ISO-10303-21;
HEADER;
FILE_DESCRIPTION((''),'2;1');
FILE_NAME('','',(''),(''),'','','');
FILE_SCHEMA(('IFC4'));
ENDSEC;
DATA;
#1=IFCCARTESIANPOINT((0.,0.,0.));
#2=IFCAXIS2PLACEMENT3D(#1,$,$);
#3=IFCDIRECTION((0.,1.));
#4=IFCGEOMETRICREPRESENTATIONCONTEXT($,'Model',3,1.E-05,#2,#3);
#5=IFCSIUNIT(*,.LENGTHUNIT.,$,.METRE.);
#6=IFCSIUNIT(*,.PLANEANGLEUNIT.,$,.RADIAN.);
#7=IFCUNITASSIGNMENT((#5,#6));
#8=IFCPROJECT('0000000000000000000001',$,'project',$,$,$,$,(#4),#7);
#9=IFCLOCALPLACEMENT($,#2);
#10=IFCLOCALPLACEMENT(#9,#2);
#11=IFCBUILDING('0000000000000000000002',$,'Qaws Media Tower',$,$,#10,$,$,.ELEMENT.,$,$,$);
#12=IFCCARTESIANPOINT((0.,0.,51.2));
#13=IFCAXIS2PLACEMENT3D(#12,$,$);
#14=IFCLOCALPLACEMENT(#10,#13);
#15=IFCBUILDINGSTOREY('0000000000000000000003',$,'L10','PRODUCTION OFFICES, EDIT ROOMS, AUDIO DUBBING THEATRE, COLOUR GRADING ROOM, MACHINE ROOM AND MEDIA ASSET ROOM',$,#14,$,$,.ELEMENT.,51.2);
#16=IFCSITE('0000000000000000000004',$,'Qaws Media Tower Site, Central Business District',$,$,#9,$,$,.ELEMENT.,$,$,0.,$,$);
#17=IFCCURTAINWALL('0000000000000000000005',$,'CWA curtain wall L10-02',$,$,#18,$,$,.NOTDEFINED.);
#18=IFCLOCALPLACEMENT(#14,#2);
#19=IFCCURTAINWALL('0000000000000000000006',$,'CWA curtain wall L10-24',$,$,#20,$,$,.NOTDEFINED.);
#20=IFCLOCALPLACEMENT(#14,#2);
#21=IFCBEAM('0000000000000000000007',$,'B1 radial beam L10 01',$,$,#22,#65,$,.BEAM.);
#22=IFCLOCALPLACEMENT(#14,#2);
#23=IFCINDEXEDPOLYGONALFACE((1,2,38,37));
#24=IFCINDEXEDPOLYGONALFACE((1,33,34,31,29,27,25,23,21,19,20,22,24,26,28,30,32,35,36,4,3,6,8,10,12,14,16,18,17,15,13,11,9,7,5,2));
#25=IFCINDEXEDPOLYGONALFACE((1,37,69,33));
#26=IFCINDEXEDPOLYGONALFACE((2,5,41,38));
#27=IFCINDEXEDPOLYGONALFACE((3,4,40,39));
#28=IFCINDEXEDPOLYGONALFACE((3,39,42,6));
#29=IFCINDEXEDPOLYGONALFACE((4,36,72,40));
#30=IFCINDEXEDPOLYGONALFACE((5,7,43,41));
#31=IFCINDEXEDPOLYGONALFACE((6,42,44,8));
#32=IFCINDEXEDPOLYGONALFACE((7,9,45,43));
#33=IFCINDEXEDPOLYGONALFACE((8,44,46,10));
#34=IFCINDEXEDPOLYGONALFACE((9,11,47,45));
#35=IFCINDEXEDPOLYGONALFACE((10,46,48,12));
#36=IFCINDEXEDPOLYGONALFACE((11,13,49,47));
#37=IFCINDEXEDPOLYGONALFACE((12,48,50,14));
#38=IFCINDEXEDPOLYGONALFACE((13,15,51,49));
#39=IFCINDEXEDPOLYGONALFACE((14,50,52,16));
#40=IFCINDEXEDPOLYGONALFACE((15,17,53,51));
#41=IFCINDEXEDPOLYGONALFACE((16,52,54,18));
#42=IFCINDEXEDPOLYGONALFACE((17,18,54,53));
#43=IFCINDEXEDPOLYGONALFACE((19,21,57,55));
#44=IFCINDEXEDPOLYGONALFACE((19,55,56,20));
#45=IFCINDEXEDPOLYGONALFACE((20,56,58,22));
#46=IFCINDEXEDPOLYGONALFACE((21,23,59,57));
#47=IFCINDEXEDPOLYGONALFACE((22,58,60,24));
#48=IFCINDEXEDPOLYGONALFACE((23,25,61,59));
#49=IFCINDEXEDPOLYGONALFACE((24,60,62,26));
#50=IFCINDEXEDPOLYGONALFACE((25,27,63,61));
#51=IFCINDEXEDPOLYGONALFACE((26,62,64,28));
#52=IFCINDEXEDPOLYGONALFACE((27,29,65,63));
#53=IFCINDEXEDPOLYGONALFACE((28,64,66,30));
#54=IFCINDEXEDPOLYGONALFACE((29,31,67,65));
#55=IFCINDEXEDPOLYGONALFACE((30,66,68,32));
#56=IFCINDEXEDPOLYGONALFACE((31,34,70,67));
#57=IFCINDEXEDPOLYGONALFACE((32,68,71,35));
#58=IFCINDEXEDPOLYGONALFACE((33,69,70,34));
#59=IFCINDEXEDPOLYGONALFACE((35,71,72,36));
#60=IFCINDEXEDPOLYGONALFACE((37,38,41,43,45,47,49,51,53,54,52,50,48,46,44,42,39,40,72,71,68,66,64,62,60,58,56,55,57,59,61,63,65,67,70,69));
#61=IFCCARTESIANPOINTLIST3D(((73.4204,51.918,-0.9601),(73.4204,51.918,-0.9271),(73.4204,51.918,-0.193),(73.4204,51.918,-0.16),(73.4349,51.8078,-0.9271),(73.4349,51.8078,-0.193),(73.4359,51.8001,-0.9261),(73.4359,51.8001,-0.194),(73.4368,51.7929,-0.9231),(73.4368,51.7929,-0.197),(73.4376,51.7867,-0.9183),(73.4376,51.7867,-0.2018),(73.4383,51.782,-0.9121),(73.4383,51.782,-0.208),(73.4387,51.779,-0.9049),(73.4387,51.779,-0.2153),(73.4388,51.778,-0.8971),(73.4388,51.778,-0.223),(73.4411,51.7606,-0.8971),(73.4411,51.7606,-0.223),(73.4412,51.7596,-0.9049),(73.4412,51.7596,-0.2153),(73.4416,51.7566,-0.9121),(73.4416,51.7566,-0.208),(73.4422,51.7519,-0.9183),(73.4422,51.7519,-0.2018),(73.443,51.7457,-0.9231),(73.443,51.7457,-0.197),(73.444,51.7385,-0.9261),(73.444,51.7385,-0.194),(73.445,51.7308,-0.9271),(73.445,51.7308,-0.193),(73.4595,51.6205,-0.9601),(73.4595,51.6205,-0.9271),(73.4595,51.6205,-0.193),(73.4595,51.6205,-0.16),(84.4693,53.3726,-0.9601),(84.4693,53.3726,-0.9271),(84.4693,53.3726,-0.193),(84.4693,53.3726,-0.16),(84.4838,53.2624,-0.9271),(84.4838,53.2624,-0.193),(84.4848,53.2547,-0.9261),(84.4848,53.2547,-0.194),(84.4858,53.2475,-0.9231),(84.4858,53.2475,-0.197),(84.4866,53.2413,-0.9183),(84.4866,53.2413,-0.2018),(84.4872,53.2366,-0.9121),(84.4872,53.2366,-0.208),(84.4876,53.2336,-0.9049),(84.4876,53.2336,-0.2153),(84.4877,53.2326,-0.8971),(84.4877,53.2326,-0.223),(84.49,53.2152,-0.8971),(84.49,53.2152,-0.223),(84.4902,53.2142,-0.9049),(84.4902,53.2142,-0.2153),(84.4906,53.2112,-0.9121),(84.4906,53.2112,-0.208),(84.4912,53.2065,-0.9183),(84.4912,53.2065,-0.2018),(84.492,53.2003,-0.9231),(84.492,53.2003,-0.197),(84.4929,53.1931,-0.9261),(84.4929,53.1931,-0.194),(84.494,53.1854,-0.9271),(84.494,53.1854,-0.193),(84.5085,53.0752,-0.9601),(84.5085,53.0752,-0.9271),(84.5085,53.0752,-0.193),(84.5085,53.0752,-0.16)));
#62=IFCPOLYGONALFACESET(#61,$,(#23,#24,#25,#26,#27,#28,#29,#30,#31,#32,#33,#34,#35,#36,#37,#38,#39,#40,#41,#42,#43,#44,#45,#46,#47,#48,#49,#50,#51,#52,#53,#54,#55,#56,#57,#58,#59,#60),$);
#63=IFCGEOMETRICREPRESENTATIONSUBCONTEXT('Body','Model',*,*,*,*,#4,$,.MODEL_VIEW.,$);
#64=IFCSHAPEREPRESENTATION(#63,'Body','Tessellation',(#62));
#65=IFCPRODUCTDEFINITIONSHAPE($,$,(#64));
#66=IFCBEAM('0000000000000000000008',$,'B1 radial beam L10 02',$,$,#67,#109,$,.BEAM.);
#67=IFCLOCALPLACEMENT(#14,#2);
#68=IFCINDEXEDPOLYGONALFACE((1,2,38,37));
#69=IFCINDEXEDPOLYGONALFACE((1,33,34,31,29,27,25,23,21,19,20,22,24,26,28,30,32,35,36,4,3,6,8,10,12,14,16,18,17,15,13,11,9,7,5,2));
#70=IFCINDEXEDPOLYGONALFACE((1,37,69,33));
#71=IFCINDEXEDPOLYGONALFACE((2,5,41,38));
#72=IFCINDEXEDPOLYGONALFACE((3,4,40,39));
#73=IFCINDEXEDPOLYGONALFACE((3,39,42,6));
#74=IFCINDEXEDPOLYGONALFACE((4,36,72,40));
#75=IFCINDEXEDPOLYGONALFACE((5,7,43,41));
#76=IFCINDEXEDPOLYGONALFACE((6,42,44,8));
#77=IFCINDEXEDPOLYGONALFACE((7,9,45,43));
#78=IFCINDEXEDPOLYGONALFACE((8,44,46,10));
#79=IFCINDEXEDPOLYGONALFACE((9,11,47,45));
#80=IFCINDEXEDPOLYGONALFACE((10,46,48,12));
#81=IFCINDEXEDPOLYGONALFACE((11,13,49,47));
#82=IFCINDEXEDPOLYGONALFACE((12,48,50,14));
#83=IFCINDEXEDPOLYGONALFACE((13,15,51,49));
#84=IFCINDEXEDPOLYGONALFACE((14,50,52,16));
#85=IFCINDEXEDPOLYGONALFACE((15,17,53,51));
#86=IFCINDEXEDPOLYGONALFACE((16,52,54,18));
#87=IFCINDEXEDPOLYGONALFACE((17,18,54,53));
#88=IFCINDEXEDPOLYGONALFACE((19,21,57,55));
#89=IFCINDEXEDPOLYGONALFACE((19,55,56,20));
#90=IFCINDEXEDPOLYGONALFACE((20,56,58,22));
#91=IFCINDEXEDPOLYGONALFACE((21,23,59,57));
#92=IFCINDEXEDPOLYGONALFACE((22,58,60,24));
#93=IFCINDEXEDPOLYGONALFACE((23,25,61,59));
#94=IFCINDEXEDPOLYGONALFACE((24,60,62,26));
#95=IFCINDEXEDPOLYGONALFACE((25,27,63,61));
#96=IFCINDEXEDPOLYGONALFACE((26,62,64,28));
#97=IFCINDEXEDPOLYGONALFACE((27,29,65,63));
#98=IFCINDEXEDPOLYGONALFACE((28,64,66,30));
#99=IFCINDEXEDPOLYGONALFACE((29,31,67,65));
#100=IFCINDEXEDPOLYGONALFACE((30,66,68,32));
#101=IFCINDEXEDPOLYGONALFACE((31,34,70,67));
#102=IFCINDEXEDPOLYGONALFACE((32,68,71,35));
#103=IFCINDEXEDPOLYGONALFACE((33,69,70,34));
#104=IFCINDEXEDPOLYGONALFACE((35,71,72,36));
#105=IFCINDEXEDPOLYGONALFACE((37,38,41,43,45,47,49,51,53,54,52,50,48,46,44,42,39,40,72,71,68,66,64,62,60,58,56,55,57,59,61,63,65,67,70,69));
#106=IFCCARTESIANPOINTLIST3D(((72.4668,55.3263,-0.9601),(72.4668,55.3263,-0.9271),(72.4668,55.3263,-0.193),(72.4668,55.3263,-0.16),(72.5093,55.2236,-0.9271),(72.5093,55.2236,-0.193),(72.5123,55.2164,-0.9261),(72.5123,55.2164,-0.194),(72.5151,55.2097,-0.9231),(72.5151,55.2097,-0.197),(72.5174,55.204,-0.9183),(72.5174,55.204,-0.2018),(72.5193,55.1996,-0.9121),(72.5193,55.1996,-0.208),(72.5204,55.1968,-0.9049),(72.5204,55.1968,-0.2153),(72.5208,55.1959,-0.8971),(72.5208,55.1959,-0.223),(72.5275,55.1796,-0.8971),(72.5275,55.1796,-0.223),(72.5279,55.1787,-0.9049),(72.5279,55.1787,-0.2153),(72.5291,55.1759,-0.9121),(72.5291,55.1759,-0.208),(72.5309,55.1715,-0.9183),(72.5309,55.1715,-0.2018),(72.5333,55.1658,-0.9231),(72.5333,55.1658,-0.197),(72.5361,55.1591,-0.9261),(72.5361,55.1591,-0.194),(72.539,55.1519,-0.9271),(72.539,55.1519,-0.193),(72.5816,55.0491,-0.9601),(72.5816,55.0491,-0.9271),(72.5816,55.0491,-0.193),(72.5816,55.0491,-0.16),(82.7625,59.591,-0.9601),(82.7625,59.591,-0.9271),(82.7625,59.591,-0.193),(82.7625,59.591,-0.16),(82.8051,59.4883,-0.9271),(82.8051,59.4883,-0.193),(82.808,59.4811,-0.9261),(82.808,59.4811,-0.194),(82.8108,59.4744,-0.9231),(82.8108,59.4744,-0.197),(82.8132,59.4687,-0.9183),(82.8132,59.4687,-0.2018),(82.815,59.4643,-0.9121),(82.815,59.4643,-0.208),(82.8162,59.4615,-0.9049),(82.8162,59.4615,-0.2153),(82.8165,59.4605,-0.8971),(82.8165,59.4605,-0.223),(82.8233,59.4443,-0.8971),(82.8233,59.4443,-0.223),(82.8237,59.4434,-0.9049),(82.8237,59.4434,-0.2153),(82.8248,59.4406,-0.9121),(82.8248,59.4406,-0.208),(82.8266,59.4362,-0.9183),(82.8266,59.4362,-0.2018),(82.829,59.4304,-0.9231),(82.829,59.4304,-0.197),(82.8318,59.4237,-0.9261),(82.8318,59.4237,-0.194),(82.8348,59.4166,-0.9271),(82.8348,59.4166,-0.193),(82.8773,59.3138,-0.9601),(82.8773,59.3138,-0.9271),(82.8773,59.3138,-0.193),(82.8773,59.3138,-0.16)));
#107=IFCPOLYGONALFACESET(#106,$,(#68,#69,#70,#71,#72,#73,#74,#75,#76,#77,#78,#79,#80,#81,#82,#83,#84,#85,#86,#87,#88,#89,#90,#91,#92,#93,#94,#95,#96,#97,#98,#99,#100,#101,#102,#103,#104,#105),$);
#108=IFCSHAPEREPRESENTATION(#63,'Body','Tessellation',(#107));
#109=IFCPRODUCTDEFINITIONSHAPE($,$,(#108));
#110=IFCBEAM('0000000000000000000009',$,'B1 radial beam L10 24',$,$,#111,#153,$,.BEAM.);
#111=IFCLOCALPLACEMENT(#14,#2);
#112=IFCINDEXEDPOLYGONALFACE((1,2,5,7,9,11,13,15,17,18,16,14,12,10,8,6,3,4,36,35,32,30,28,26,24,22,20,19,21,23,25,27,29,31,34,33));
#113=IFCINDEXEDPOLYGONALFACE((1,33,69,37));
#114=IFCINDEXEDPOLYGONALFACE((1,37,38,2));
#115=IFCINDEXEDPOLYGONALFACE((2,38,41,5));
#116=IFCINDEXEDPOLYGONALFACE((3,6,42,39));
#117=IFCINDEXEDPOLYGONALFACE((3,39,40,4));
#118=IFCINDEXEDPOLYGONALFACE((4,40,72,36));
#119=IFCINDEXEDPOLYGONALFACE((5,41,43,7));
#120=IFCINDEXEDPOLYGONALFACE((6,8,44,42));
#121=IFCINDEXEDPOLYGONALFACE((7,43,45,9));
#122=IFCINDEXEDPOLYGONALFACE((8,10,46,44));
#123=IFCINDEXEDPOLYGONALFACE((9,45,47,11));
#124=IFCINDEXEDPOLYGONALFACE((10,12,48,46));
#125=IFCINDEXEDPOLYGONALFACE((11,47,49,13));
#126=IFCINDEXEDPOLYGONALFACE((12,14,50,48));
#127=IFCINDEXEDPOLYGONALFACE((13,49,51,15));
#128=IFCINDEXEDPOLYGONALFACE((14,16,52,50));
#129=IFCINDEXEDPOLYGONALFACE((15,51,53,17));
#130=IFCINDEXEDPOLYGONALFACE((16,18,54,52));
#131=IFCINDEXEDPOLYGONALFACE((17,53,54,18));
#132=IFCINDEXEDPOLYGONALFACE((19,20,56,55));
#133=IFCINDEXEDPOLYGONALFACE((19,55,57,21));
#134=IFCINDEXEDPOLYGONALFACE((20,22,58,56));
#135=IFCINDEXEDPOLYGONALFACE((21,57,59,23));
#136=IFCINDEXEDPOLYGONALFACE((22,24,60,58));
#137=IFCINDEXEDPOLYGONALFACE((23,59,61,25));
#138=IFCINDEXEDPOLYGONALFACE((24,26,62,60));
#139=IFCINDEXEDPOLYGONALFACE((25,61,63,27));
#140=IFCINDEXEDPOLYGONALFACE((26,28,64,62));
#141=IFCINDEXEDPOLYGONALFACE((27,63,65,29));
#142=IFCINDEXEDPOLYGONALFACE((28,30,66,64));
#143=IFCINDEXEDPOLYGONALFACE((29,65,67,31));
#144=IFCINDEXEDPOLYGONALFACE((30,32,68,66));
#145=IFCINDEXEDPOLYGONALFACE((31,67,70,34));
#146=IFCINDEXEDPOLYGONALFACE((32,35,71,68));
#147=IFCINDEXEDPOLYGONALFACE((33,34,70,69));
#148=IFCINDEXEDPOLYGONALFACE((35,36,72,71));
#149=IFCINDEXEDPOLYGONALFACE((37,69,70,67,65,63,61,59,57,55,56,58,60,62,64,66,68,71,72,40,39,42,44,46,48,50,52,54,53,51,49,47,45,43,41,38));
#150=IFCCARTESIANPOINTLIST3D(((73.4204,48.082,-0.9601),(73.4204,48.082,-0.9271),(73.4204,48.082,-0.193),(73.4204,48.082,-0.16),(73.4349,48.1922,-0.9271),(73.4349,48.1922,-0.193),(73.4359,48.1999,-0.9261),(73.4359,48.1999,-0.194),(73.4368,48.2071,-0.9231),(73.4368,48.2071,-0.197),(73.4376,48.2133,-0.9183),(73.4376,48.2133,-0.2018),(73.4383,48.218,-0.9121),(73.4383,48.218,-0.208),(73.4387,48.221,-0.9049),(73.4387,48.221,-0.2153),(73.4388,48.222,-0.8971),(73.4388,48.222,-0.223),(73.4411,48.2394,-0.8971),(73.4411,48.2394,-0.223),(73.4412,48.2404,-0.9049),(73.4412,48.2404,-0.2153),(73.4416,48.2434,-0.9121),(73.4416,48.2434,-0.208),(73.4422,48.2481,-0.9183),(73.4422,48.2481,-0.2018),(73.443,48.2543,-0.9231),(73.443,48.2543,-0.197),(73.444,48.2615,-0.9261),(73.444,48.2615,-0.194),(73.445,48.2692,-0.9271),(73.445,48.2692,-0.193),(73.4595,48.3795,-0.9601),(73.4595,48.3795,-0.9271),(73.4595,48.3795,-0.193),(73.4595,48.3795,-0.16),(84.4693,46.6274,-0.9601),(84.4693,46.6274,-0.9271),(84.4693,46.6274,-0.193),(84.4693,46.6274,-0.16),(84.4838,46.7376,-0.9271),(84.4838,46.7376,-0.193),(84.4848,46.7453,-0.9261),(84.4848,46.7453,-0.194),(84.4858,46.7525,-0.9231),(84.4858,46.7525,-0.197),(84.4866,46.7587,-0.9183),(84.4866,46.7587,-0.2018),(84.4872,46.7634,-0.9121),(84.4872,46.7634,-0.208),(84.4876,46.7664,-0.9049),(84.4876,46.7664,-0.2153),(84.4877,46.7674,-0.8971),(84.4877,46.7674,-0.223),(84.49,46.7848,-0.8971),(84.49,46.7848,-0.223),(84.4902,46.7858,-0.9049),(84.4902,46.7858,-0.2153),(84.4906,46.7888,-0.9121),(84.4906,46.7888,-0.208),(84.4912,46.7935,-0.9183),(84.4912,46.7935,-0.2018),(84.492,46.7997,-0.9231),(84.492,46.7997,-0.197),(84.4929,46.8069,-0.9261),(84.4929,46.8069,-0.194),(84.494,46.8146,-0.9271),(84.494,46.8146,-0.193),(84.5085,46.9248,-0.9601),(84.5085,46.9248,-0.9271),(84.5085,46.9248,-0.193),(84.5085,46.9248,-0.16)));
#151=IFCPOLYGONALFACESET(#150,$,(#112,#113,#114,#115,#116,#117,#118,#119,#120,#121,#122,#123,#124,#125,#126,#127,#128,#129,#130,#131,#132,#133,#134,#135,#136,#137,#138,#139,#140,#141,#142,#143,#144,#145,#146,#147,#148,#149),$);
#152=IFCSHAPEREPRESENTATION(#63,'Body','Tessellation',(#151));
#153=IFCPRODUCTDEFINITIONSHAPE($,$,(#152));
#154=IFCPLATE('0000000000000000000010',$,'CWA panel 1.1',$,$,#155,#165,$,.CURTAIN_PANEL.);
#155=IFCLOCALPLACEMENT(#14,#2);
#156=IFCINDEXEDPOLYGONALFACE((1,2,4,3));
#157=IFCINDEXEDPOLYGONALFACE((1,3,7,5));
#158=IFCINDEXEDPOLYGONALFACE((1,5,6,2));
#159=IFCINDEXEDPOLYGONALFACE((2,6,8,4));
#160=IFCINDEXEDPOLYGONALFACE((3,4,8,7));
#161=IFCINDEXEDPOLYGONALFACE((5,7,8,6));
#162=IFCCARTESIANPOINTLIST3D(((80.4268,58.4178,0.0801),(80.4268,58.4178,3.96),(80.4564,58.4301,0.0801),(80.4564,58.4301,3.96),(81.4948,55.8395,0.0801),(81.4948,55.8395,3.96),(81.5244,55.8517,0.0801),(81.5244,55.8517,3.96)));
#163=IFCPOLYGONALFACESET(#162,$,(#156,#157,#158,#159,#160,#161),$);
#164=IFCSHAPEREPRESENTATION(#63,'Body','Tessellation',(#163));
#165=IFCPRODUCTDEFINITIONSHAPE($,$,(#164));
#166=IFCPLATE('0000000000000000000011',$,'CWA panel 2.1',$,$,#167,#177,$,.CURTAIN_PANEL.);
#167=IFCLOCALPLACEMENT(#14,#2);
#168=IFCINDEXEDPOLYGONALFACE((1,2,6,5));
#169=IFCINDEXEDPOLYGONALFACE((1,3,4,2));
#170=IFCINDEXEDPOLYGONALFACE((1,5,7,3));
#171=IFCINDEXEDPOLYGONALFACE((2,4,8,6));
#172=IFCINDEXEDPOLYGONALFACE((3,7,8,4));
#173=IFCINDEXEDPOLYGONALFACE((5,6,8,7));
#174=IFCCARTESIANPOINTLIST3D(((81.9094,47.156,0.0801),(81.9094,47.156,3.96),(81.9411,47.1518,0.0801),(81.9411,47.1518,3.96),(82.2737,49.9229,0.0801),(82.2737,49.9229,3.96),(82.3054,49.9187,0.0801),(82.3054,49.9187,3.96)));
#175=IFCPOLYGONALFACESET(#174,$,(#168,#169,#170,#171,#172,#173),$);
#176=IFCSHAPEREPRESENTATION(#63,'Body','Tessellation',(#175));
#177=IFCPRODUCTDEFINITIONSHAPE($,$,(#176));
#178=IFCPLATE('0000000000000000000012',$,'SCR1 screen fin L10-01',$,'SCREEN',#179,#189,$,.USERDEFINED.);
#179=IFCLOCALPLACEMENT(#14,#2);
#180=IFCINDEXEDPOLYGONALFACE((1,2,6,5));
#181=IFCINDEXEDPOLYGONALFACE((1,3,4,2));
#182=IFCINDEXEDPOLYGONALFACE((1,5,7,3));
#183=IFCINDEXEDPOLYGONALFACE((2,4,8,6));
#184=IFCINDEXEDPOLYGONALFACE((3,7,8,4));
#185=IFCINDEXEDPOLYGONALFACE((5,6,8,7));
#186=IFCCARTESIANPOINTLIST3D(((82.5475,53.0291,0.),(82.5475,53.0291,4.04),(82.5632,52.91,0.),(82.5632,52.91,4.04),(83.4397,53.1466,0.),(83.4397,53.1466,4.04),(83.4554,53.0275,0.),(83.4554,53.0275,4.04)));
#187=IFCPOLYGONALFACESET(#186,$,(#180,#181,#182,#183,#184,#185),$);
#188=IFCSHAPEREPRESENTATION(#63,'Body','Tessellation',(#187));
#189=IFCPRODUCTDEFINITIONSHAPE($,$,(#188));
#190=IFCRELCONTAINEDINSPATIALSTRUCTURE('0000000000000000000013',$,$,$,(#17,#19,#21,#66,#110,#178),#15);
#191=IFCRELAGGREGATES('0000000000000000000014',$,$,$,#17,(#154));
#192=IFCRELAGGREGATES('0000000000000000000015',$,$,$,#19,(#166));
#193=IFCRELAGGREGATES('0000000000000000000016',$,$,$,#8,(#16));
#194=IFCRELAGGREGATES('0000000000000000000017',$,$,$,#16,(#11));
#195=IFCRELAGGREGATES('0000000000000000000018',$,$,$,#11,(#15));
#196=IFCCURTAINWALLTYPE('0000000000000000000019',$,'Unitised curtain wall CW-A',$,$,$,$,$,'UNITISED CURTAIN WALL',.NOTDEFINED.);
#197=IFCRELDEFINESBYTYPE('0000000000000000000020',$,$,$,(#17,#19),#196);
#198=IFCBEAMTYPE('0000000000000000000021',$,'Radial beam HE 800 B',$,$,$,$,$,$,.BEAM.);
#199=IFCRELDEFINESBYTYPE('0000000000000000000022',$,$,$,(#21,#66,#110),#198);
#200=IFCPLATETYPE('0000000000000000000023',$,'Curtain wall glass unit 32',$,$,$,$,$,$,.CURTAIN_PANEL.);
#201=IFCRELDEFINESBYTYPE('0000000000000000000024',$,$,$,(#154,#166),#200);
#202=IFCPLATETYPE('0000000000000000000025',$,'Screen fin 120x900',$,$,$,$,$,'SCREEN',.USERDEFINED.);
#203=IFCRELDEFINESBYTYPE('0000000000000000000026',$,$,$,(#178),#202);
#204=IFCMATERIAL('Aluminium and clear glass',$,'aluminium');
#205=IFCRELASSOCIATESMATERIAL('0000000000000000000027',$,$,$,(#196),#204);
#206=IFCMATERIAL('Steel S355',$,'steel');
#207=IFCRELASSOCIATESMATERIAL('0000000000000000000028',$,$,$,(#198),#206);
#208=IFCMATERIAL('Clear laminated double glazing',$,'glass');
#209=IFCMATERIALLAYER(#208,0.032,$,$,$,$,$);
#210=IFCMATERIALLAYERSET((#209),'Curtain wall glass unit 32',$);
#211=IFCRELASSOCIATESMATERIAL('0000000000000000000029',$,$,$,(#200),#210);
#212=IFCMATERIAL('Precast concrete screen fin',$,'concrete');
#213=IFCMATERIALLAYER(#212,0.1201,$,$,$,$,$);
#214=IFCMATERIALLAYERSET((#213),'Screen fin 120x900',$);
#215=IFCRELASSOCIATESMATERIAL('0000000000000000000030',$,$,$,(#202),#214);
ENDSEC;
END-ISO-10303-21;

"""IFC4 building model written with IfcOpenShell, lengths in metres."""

from ifc_helpers import new_model, si_unit, direction, frame, origin, origin_2d, place, context, subcontext, project, spatial, rectangle, i_section, extrude, material, layer, layer_set, material_profile, profile_set, type_object, element, aggregate, save


model = new_model("IFC4")

# Units and contexts
model_context = context("Model", 3, precision=1e-05, world=origin(), true_north=direction((0.0, 1.0)))
body_context = subcontext(model_context, "Body", "Model", "MODEL_VIEW")
ifc_project = project(units=[si_unit("LENGTHUNIT", "METRE"), si_unit("PLANEANGLEUNIT", "RADIAN")], contexts=[model_context])

# Site, building, storey
site_placement = place(None, origin())
site = spatial("IfcSite", under=ifc_project, at=site_placement, Name="Qaws Media Tower Site, Central Business District", CompositionType="ELEMENT", RefElevation=0.0)
building_placement = place(site_placement, origin())
building = spatial("IfcBuilding", under=site, at=building_placement, Name="Qaws Media Tower", CompositionType="ELEMENT")
storey_placement = place(building_placement, frame((0.0, 0.0, 51.2)))
storey = spatial("IfcBuildingStorey", under=building, at=storey_placement, Name="L10", Description="PRODUCTION OFFICES, EDIT ROOMS, AUDIO DUBBING THEATRE, COLOUR GRADING ROOM, MACHINE ROOM AND MEDIA ASSET ROOM", CompositionType="ELEMENT", Elevation=51.2)

# Curtain wall
ifc_material_1 = material(Name="Aluminium and clear glass", Category="aluminium")
curtain_wall_type = type_object("IfcCurtainWallType", Name="Unitised curtain wall CW-A", ElementType="UNITISED CURTAIN WALL", PredefinedType="NOTDEFINED", material=ifc_material_1)
curtain_wall_1_placement = place(storey_placement, origin())
curtain_wall_1 = element("IfcCurtainWall", 1, at=curtain_wall_1_placement, inside=storey, type_object=curtain_wall_type, Name="CWA curtain wall L10-02", PredefinedType="NOTDEFINED")

# Curtain wall
curtain_wall_2_placement = place(storey_placement, origin())
curtain_wall_2 = element("IfcCurtainWall", 2, at=curtain_wall_2_placement, inside=storey, type_object=curtain_wall_type, Name="CWA curtain wall L10-24", PredefinedType="NOTDEFINED")

# Beams
ifc_material_2 = material(Name="Steel S355", Category="steel")
ifc_material_profile_1 = material_profile(ifc_material_2, i_section(OverallWidth=0.3, OverallDepth=0.8, WebThickness=0.0176, FlangeThickness=0.033, FilletRadius=0.03, at=origin_2d()), Name="HE 800 B")
ifc_profile_set_1 = profile_set([ifc_material_profile_1], Name="Steel S355")
beam_type_1 = type_object("IfcBeamType", Name="Radial beam HE 800 B", PredefinedType="BEAM", material=ifc_profile_set_1)
beam_1_placement = place(storey_placement, frame((73.4399, 51.7693, -0.5601), z_axis=(0.991445, 0.130525, 0.0), x_axis=(-0.130525, 0.991445, 0.0)))
element("IfcBeam", 3, at=beam_1_placement, inside=storey, type_object=beam_type_1, Name="B1 radial beam L10 01", PredefinedType="BEAM", context=body_context, shape_type="SweptSolid", body=[
    extrude(i_section(OverallWidth=0.3, OverallDepth=0.8, WebThickness=0.0176, FlangeThickness=0.033, FilletRadius=0.03, at=origin_2d()), origin(), (0.0, 0.0, 1.0), 11.1443),
])
beam_2_placement = place(storey_placement, frame((72.5242, 55.1877, -0.5601), z_axis=(0.923878, 0.382687, 0.0), x_axis=(-0.382687, 0.923878, 0.0)))
element("IfcBeam", 4, at=beam_2_placement, inside=storey, type_object=beam_type_1, Name="B1 radial beam L10 02", PredefinedType="BEAM", context=body_context, shape_type="SweptSolid", body=[
    extrude(i_section(OverallWidth=0.3, OverallDepth=0.8, WebThickness=0.0176, FlangeThickness=0.033, FilletRadius=0.03, at=origin_2d()), origin(), (0.0, 0.0, 1.0), 11.144),
])
beam_3_placement = place(storey_placement, frame((73.4399, 48.2307, -0.5601), z_axis=(0.991445, -0.130525, 0.0), x_axis=(0.130525, 0.991445, 0.0)))
element("IfcBeam", 5, at=beam_3_placement, inside=storey, type_object=beam_type_1, Name="B1 radial beam L10 24", PredefinedType="BEAM", context=body_context, shape_type="SweptSolid", body=[
    extrude(i_section(OverallWidth=0.3, OverallDepth=0.8, WebThickness=0.0176, FlangeThickness=0.033, FilletRadius=0.03, at=origin_2d()), origin(), (0.0, 0.0, 1.0), 11.1443),
])

# Plates
ifc_material_3 = material(Name="Clear laminated double glazing", Category="glass")
ifc_layer_1 = layer(ifc_material_3, 0.032)
ifc_layer_set_1 = layer_set([ifc_layer_1], Name="Curtain wall glass unit 32")
plate_type_1 = type_object("IfcPlateType", Name="Curtain wall glass unit 32", PredefinedType="CURTAIN_PANEL", material=ifc_layer_set_1)
plate_1_placement = place(storey_placement, frame((80.9756, 57.1348, 0.0801), z_axis=(0.0, 0.0, 1.0), x_axis=(-0.382683, 0.92388, 0.0)))
plate_1 = element("IfcPlate", 6, at=plate_1_placement, type_object=plate_type_1, Name="CWA panel 1.1", PredefinedType="CURTAIN_PANEL", context=body_context, shape_type="SweptSolid", body=[
    extrude(rectangle(XDim=2.7908, YDim=0.032, at=origin_2d()), origin(), (0.0, 0.0, 1.0), 3.8799),
])
aggregate(curtain_wall_1, [plate_1])
plate_2_placement = place(storey_placement, frame((82.1074, 48.5374, 0.0801), z_axis=(0.0, 0.0, 1.0), x_axis=(0.130526, 0.991445, 0.0)))
plate_2 = element("IfcPlate", 7, at=plate_2_placement, type_object=plate_type_1, Name="CWA panel 2.1", PredefinedType="CURTAIN_PANEL", context=body_context, shape_type="SweptSolid", body=[
    extrude(rectangle(XDim=2.7908, YDim=0.032, at=origin_2d()), origin(), (0.0, 0.0, 1.0), 3.8799),
])
aggregate(curtain_wall_2, [plate_2])
ifc_material_4 = material(Name="Precast concrete screen fin", Category="concrete")
ifc_layer_2 = layer(ifc_material_4, 0.1201)
ifc_layer_set_2 = layer_set([ifc_layer_2], Name="Screen fin 120x900")
plate_type_2 = type_object("IfcPlateType", Name="Screen fin 120x900", ElementType="SCREEN", PredefinedType="USERDEFINED", material=ifc_layer_set_2)
plate_3_placement = place(storey_placement, frame((83.0015, 53.0283, 0.0), z_axis=(0.0, 0.0, 1.0), x_axis=(0.991445, 0.130526, 0.0)))
element("IfcPlate", 8, at=plate_3_placement, inside=storey, type_object=plate_type_2, Name="SCR1 screen fin L10-01", ObjectType="SCREEN", PredefinedType="USERDEFINED", context=body_context, shape_type="SweptSolid", body=[
    extrude(rectangle(XDim=0.8999, YDim=0.1201, at=origin_2d()), origin(), (0.0, 0.0, 1.0), 4.04),
])

save(model, "model.ifc")
